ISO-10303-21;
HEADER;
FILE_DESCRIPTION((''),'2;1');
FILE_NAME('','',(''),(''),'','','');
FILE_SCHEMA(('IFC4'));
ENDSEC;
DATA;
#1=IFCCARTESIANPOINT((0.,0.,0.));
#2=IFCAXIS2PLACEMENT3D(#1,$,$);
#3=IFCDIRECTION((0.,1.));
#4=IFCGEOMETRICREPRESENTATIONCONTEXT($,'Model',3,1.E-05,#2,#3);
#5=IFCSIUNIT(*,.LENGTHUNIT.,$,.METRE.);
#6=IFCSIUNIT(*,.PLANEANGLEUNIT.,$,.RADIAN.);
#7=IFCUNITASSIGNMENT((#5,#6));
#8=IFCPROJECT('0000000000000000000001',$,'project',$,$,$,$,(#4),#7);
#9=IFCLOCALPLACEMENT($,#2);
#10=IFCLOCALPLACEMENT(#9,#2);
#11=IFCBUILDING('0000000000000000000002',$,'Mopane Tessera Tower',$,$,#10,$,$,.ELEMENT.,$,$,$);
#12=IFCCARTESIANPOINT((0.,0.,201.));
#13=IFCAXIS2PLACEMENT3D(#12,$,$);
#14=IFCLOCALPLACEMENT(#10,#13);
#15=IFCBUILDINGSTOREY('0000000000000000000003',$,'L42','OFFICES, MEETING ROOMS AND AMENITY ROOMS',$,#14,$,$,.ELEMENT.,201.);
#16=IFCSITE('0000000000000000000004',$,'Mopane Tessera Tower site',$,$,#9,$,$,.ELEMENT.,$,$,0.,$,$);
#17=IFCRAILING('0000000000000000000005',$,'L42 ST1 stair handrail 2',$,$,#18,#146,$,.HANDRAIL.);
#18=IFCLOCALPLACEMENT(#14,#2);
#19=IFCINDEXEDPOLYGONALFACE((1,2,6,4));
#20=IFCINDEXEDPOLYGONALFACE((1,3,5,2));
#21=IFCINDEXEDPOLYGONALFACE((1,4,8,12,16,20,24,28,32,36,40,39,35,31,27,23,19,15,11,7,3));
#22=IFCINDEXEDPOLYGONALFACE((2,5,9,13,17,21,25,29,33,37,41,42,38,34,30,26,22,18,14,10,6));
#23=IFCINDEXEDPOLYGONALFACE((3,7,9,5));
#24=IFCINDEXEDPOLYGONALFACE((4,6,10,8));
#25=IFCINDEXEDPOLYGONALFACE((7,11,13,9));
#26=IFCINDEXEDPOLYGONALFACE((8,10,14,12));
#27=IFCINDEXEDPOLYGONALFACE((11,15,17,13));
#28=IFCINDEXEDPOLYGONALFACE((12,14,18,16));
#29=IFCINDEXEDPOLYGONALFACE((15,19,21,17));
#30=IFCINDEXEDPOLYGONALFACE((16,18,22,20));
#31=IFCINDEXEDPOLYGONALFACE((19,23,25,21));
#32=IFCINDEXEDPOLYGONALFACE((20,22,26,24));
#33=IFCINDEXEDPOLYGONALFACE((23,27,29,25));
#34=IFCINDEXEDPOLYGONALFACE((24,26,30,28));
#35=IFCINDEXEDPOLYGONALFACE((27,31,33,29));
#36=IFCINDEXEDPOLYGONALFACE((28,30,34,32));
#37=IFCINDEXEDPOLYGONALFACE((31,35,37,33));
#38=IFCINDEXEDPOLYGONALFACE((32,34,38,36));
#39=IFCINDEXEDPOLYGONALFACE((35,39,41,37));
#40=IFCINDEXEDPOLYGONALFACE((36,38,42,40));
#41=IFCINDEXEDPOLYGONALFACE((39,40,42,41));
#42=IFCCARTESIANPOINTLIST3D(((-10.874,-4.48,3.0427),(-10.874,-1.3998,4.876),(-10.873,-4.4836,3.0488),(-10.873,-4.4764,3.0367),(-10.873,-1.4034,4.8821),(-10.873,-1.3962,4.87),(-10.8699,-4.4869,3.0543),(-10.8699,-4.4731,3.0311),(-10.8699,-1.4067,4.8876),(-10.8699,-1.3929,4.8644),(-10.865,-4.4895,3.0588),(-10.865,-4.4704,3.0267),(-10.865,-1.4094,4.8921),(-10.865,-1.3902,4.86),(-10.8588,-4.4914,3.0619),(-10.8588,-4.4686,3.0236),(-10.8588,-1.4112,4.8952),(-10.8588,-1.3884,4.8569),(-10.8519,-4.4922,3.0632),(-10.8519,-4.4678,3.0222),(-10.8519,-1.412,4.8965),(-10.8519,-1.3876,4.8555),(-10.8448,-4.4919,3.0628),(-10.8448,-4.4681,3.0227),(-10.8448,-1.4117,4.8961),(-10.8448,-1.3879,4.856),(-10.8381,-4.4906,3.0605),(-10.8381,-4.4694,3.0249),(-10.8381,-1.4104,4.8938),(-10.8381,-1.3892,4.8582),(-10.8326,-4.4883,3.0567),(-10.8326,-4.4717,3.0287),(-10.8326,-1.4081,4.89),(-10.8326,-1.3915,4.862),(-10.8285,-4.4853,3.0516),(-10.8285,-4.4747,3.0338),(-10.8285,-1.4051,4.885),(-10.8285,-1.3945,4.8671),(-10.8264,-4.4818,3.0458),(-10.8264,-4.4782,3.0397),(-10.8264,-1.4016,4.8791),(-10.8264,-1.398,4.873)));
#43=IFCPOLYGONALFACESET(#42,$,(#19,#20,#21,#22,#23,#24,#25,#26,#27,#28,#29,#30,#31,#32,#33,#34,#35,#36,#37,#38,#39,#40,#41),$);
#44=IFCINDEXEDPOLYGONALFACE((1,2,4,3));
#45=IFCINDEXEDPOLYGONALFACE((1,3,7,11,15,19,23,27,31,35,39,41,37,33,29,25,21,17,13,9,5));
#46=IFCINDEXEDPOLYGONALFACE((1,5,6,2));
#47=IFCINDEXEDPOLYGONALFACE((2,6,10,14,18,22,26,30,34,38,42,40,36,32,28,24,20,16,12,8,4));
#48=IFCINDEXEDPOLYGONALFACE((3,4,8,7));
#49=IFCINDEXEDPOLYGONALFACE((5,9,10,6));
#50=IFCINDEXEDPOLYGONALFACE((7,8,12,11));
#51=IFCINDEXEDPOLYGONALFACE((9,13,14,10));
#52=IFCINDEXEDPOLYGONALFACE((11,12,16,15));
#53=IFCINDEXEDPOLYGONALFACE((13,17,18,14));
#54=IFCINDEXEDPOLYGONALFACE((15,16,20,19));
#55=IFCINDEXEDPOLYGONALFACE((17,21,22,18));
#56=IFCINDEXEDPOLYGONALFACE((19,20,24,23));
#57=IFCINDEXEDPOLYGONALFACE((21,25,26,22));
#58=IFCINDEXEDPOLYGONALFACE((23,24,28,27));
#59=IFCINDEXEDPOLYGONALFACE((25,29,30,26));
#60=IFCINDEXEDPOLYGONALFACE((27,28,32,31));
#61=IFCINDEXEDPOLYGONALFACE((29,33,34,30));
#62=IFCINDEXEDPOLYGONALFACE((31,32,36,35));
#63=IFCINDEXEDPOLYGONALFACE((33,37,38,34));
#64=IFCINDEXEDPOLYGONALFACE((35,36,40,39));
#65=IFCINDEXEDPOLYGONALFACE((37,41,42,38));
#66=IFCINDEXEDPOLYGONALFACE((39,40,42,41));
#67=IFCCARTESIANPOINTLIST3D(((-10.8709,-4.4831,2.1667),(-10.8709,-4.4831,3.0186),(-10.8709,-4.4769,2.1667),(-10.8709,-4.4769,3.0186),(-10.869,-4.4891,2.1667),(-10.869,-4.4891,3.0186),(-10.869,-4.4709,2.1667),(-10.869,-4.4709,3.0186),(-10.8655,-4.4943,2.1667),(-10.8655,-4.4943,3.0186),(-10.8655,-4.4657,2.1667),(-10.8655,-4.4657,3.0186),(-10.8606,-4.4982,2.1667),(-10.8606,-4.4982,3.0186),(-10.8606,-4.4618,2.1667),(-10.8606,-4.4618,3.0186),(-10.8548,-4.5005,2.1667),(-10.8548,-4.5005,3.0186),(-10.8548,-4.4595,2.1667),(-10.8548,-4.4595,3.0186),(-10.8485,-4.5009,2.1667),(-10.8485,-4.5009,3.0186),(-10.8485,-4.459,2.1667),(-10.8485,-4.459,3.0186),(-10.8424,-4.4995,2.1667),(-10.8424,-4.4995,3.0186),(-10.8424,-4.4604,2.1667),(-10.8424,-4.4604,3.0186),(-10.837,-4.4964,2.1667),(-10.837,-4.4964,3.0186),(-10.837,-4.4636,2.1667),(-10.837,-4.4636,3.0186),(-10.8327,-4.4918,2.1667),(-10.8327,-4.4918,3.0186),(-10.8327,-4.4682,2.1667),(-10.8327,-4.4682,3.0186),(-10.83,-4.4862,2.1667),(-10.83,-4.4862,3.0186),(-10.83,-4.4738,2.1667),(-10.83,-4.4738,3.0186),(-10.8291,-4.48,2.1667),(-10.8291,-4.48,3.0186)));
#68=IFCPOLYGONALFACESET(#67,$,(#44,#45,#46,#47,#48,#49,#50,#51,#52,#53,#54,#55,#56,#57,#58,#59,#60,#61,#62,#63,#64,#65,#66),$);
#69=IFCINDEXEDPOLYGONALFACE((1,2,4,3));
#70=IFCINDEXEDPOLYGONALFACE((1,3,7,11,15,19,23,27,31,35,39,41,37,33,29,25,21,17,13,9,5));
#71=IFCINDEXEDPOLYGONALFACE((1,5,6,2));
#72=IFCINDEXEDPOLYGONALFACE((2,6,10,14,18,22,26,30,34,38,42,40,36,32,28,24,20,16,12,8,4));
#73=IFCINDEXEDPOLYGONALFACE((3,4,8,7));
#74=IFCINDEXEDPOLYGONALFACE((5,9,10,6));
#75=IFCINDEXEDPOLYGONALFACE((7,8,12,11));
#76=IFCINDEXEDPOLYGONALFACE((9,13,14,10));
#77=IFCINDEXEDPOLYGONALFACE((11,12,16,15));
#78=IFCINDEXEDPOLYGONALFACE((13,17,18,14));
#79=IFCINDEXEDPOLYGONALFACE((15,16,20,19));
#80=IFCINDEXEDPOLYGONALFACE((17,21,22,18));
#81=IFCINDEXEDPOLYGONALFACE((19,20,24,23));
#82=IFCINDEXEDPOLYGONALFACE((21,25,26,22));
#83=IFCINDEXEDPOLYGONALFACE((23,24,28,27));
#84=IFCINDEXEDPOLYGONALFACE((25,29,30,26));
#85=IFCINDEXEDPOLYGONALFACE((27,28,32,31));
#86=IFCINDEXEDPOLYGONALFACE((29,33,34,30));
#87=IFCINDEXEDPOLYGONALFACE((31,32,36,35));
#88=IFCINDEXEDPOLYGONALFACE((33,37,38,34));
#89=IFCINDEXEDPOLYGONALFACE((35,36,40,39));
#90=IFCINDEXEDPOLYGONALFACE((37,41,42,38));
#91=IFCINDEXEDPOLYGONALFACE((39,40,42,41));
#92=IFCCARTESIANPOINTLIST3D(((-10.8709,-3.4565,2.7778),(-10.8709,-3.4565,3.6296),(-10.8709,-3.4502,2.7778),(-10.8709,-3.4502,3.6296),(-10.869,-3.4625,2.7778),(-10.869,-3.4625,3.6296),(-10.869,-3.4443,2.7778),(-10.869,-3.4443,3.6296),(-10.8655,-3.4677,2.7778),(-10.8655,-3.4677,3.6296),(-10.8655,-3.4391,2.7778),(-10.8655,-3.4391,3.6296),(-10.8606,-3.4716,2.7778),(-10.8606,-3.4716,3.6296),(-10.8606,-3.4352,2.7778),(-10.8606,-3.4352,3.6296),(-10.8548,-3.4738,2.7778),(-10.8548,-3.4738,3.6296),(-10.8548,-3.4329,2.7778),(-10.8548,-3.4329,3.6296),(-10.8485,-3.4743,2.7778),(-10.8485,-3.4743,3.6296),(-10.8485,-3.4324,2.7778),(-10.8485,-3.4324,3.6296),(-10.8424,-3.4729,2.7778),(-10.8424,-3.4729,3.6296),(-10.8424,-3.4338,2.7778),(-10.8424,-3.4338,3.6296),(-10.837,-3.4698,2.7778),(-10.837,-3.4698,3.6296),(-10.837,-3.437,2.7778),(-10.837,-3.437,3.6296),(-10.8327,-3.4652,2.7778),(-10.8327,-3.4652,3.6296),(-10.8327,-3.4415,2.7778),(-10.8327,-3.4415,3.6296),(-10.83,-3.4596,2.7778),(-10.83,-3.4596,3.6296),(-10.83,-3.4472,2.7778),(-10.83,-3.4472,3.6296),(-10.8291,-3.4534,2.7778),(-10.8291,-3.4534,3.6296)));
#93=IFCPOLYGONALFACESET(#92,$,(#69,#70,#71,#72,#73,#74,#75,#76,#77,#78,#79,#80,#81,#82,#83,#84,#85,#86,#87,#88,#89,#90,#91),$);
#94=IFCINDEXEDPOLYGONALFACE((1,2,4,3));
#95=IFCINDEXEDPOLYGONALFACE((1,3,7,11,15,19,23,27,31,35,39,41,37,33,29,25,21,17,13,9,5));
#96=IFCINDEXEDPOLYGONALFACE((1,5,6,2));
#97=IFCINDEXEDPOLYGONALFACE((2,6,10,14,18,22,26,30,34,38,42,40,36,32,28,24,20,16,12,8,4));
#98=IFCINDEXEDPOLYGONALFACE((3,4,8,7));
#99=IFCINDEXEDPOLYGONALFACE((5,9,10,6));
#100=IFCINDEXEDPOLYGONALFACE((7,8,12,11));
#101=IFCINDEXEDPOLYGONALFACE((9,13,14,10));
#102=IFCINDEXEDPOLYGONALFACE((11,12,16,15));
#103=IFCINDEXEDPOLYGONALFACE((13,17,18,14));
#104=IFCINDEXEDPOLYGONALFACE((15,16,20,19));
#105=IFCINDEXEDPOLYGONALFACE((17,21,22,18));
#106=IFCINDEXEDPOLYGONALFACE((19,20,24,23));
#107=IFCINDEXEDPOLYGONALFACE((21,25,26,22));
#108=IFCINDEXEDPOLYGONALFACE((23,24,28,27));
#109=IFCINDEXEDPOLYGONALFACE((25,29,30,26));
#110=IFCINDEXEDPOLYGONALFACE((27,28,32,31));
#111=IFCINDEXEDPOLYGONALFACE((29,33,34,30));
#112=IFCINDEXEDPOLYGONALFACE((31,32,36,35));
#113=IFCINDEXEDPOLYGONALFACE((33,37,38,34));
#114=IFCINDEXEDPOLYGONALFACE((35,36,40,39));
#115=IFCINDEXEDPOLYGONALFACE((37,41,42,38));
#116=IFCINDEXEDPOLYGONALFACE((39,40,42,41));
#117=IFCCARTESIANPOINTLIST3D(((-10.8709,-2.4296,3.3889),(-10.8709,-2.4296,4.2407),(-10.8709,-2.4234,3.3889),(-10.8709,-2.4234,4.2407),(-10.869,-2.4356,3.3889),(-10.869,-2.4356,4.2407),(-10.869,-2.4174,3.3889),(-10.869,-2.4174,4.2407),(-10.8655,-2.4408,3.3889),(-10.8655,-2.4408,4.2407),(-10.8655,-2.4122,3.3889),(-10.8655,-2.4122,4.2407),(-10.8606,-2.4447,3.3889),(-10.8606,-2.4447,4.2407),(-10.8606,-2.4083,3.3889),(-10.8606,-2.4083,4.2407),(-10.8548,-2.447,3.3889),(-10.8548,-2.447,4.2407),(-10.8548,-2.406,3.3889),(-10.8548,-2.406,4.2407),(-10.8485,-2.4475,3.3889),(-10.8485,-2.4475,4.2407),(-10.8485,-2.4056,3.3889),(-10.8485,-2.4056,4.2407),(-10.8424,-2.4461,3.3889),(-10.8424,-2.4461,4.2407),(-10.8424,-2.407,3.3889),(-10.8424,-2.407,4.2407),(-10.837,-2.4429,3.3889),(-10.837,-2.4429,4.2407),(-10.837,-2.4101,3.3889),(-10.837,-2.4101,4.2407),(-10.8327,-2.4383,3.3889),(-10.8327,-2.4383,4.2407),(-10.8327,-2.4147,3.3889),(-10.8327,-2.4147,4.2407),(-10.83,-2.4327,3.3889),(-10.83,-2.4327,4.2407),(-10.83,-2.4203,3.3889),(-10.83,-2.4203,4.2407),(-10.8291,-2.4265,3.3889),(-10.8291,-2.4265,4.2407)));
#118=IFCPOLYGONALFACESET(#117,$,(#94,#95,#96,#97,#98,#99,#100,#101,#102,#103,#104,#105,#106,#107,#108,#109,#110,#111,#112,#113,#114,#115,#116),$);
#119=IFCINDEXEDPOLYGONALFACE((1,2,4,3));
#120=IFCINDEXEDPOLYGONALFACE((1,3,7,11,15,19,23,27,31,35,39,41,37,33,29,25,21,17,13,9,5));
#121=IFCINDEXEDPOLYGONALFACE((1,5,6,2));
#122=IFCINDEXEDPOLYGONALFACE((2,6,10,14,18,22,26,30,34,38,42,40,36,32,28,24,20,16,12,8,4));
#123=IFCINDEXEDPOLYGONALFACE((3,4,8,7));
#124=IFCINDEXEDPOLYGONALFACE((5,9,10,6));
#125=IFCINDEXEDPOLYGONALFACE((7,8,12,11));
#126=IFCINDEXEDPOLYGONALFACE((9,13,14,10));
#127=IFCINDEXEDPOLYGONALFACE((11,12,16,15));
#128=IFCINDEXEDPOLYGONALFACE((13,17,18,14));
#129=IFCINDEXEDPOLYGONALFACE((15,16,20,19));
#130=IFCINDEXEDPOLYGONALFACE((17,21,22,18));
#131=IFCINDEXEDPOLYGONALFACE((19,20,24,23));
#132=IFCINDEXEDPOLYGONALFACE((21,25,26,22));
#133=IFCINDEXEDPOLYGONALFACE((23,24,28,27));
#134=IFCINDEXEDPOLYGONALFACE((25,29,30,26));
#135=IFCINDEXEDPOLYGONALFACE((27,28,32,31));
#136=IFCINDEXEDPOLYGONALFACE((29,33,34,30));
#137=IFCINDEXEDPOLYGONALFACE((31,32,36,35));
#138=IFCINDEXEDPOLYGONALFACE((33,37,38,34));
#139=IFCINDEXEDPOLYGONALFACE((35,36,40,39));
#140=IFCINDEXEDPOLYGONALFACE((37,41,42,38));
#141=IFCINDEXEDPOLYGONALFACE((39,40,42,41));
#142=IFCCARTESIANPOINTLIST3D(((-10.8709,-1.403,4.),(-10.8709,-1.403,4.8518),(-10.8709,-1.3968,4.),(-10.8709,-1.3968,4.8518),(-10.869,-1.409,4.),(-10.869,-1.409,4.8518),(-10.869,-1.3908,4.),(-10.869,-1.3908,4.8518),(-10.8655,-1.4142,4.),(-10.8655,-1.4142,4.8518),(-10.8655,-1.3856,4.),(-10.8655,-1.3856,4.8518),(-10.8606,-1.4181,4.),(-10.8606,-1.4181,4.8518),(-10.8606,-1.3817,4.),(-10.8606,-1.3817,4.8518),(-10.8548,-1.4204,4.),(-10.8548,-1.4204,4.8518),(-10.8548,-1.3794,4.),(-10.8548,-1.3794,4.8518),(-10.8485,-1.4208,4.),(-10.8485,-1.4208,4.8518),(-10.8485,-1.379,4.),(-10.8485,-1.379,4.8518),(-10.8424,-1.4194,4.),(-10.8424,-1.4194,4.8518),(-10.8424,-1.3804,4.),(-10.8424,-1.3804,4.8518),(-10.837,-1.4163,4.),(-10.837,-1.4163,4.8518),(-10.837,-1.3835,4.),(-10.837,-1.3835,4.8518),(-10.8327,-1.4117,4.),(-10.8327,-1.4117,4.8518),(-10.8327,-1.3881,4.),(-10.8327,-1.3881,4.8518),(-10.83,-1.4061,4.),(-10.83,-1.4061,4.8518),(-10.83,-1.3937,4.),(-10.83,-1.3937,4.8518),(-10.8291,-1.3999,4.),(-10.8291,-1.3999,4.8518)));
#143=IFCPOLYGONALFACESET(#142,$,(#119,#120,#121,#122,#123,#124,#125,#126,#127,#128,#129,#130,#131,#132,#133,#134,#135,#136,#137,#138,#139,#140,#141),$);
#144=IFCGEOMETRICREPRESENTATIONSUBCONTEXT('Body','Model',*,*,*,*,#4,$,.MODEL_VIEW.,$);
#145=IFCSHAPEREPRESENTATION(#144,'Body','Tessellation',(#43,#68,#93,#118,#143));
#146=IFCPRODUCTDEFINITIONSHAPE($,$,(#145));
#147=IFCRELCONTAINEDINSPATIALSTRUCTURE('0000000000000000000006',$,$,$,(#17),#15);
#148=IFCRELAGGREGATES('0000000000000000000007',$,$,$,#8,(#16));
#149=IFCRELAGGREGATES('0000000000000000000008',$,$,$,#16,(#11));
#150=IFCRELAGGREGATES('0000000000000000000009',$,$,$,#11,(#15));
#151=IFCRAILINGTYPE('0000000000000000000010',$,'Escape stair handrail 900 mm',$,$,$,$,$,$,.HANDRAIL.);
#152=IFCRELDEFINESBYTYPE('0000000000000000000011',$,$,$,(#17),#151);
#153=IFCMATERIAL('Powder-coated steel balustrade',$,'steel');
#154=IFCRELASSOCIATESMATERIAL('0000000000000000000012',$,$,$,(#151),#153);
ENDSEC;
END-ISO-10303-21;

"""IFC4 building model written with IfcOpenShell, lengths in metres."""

from ifc_helpers import new_model, si_unit, direction, frame, origin, origin_2d, place, context, subcontext, project, spatial, circle, extrude, material, type_object, element, save


model = new_model("IFC4")

# Units and contexts
model_context = context("Model", 3, precision=1e-05, world=origin(), true_north=direction((0.0, 1.0)))
body_context = subcontext(model_context, "Body", "Model", "MODEL_VIEW")
ifc_project = project(units=[si_unit("LENGTHUNIT", "METRE"), si_unit("PLANEANGLEUNIT", "RADIAN")], contexts=[model_context])

# Site, building, storey
site_placement = place(None, origin())
site = spatial("IfcSite", under=ifc_project, at=site_placement, Name="Mopane Tessera Tower site", CompositionType="ELEMENT", RefElevation=0.0)
building_placement = place(site_placement, origin())
building = spatial("IfcBuilding", under=site, at=building_placement, Name="Mopane Tessera Tower", CompositionType="ELEMENT")
storey_placement = place(building_placement, frame((0.0, 0.0, 201.0)))
storey = spatial("IfcBuildingStorey", under=building, at=storey_placement, Name="L42", Description="OFFICES, MEETING ROOMS AND AMENITY ROOMS", CompositionType="ELEMENT", Elevation=201.0)

# Railing
ifc_material_1 = material(Name="Powder-coated steel balustrade", Category="steel")
railing_type_1 = type_object("IfcRailingType", Name="Escape stair handrail 900 mm", PredefinedType="HANDRAIL", material=ifc_material_1)
railing_1_placement = place(storey_placement, frame((-10.8501, -4.48, 2.1667)))
element("IfcRailing", 1, at=railing_1_placement, inside=storey, type_object=railing_type_1, Name="L42 ST1 stair handrail 2", PredefinedType="HANDRAIL", context=body_context, shape_type="SweptSolid", body=[
    extrude(circle(Radius=0.0239, at=origin_2d()), frame((0.0, 0.0, 0.876), z_axis=(0.0, 0.859309, 0.511458), x_axis=(-1.0, 0.0, 0.0)), (0.0, 0.0, 1.0), 3.5845),
    extrude(circle(Radius=0.021, at=origin_2d()), origin(), (0.0, 0.0, 1.0), 0.8518),
    extrude(circle(Radius=0.021, at=origin_2d()), frame((0.0, 1.0266, 0.6111)), (0.0, 0.0, 1.0), 0.8518),
    extrude(circle(Radius=0.021, at=origin_2d()), frame((0.0, 2.0535, 1.2222)), (0.0, 0.0, 1.0), 0.8518),
    extrude(circle(Radius=0.021, at=origin_2d()), frame((0.0, 3.0801, 1.8333)), (0.0, 0.0, 1.0), 0.8518),
])

save(model, "model.ifc")
